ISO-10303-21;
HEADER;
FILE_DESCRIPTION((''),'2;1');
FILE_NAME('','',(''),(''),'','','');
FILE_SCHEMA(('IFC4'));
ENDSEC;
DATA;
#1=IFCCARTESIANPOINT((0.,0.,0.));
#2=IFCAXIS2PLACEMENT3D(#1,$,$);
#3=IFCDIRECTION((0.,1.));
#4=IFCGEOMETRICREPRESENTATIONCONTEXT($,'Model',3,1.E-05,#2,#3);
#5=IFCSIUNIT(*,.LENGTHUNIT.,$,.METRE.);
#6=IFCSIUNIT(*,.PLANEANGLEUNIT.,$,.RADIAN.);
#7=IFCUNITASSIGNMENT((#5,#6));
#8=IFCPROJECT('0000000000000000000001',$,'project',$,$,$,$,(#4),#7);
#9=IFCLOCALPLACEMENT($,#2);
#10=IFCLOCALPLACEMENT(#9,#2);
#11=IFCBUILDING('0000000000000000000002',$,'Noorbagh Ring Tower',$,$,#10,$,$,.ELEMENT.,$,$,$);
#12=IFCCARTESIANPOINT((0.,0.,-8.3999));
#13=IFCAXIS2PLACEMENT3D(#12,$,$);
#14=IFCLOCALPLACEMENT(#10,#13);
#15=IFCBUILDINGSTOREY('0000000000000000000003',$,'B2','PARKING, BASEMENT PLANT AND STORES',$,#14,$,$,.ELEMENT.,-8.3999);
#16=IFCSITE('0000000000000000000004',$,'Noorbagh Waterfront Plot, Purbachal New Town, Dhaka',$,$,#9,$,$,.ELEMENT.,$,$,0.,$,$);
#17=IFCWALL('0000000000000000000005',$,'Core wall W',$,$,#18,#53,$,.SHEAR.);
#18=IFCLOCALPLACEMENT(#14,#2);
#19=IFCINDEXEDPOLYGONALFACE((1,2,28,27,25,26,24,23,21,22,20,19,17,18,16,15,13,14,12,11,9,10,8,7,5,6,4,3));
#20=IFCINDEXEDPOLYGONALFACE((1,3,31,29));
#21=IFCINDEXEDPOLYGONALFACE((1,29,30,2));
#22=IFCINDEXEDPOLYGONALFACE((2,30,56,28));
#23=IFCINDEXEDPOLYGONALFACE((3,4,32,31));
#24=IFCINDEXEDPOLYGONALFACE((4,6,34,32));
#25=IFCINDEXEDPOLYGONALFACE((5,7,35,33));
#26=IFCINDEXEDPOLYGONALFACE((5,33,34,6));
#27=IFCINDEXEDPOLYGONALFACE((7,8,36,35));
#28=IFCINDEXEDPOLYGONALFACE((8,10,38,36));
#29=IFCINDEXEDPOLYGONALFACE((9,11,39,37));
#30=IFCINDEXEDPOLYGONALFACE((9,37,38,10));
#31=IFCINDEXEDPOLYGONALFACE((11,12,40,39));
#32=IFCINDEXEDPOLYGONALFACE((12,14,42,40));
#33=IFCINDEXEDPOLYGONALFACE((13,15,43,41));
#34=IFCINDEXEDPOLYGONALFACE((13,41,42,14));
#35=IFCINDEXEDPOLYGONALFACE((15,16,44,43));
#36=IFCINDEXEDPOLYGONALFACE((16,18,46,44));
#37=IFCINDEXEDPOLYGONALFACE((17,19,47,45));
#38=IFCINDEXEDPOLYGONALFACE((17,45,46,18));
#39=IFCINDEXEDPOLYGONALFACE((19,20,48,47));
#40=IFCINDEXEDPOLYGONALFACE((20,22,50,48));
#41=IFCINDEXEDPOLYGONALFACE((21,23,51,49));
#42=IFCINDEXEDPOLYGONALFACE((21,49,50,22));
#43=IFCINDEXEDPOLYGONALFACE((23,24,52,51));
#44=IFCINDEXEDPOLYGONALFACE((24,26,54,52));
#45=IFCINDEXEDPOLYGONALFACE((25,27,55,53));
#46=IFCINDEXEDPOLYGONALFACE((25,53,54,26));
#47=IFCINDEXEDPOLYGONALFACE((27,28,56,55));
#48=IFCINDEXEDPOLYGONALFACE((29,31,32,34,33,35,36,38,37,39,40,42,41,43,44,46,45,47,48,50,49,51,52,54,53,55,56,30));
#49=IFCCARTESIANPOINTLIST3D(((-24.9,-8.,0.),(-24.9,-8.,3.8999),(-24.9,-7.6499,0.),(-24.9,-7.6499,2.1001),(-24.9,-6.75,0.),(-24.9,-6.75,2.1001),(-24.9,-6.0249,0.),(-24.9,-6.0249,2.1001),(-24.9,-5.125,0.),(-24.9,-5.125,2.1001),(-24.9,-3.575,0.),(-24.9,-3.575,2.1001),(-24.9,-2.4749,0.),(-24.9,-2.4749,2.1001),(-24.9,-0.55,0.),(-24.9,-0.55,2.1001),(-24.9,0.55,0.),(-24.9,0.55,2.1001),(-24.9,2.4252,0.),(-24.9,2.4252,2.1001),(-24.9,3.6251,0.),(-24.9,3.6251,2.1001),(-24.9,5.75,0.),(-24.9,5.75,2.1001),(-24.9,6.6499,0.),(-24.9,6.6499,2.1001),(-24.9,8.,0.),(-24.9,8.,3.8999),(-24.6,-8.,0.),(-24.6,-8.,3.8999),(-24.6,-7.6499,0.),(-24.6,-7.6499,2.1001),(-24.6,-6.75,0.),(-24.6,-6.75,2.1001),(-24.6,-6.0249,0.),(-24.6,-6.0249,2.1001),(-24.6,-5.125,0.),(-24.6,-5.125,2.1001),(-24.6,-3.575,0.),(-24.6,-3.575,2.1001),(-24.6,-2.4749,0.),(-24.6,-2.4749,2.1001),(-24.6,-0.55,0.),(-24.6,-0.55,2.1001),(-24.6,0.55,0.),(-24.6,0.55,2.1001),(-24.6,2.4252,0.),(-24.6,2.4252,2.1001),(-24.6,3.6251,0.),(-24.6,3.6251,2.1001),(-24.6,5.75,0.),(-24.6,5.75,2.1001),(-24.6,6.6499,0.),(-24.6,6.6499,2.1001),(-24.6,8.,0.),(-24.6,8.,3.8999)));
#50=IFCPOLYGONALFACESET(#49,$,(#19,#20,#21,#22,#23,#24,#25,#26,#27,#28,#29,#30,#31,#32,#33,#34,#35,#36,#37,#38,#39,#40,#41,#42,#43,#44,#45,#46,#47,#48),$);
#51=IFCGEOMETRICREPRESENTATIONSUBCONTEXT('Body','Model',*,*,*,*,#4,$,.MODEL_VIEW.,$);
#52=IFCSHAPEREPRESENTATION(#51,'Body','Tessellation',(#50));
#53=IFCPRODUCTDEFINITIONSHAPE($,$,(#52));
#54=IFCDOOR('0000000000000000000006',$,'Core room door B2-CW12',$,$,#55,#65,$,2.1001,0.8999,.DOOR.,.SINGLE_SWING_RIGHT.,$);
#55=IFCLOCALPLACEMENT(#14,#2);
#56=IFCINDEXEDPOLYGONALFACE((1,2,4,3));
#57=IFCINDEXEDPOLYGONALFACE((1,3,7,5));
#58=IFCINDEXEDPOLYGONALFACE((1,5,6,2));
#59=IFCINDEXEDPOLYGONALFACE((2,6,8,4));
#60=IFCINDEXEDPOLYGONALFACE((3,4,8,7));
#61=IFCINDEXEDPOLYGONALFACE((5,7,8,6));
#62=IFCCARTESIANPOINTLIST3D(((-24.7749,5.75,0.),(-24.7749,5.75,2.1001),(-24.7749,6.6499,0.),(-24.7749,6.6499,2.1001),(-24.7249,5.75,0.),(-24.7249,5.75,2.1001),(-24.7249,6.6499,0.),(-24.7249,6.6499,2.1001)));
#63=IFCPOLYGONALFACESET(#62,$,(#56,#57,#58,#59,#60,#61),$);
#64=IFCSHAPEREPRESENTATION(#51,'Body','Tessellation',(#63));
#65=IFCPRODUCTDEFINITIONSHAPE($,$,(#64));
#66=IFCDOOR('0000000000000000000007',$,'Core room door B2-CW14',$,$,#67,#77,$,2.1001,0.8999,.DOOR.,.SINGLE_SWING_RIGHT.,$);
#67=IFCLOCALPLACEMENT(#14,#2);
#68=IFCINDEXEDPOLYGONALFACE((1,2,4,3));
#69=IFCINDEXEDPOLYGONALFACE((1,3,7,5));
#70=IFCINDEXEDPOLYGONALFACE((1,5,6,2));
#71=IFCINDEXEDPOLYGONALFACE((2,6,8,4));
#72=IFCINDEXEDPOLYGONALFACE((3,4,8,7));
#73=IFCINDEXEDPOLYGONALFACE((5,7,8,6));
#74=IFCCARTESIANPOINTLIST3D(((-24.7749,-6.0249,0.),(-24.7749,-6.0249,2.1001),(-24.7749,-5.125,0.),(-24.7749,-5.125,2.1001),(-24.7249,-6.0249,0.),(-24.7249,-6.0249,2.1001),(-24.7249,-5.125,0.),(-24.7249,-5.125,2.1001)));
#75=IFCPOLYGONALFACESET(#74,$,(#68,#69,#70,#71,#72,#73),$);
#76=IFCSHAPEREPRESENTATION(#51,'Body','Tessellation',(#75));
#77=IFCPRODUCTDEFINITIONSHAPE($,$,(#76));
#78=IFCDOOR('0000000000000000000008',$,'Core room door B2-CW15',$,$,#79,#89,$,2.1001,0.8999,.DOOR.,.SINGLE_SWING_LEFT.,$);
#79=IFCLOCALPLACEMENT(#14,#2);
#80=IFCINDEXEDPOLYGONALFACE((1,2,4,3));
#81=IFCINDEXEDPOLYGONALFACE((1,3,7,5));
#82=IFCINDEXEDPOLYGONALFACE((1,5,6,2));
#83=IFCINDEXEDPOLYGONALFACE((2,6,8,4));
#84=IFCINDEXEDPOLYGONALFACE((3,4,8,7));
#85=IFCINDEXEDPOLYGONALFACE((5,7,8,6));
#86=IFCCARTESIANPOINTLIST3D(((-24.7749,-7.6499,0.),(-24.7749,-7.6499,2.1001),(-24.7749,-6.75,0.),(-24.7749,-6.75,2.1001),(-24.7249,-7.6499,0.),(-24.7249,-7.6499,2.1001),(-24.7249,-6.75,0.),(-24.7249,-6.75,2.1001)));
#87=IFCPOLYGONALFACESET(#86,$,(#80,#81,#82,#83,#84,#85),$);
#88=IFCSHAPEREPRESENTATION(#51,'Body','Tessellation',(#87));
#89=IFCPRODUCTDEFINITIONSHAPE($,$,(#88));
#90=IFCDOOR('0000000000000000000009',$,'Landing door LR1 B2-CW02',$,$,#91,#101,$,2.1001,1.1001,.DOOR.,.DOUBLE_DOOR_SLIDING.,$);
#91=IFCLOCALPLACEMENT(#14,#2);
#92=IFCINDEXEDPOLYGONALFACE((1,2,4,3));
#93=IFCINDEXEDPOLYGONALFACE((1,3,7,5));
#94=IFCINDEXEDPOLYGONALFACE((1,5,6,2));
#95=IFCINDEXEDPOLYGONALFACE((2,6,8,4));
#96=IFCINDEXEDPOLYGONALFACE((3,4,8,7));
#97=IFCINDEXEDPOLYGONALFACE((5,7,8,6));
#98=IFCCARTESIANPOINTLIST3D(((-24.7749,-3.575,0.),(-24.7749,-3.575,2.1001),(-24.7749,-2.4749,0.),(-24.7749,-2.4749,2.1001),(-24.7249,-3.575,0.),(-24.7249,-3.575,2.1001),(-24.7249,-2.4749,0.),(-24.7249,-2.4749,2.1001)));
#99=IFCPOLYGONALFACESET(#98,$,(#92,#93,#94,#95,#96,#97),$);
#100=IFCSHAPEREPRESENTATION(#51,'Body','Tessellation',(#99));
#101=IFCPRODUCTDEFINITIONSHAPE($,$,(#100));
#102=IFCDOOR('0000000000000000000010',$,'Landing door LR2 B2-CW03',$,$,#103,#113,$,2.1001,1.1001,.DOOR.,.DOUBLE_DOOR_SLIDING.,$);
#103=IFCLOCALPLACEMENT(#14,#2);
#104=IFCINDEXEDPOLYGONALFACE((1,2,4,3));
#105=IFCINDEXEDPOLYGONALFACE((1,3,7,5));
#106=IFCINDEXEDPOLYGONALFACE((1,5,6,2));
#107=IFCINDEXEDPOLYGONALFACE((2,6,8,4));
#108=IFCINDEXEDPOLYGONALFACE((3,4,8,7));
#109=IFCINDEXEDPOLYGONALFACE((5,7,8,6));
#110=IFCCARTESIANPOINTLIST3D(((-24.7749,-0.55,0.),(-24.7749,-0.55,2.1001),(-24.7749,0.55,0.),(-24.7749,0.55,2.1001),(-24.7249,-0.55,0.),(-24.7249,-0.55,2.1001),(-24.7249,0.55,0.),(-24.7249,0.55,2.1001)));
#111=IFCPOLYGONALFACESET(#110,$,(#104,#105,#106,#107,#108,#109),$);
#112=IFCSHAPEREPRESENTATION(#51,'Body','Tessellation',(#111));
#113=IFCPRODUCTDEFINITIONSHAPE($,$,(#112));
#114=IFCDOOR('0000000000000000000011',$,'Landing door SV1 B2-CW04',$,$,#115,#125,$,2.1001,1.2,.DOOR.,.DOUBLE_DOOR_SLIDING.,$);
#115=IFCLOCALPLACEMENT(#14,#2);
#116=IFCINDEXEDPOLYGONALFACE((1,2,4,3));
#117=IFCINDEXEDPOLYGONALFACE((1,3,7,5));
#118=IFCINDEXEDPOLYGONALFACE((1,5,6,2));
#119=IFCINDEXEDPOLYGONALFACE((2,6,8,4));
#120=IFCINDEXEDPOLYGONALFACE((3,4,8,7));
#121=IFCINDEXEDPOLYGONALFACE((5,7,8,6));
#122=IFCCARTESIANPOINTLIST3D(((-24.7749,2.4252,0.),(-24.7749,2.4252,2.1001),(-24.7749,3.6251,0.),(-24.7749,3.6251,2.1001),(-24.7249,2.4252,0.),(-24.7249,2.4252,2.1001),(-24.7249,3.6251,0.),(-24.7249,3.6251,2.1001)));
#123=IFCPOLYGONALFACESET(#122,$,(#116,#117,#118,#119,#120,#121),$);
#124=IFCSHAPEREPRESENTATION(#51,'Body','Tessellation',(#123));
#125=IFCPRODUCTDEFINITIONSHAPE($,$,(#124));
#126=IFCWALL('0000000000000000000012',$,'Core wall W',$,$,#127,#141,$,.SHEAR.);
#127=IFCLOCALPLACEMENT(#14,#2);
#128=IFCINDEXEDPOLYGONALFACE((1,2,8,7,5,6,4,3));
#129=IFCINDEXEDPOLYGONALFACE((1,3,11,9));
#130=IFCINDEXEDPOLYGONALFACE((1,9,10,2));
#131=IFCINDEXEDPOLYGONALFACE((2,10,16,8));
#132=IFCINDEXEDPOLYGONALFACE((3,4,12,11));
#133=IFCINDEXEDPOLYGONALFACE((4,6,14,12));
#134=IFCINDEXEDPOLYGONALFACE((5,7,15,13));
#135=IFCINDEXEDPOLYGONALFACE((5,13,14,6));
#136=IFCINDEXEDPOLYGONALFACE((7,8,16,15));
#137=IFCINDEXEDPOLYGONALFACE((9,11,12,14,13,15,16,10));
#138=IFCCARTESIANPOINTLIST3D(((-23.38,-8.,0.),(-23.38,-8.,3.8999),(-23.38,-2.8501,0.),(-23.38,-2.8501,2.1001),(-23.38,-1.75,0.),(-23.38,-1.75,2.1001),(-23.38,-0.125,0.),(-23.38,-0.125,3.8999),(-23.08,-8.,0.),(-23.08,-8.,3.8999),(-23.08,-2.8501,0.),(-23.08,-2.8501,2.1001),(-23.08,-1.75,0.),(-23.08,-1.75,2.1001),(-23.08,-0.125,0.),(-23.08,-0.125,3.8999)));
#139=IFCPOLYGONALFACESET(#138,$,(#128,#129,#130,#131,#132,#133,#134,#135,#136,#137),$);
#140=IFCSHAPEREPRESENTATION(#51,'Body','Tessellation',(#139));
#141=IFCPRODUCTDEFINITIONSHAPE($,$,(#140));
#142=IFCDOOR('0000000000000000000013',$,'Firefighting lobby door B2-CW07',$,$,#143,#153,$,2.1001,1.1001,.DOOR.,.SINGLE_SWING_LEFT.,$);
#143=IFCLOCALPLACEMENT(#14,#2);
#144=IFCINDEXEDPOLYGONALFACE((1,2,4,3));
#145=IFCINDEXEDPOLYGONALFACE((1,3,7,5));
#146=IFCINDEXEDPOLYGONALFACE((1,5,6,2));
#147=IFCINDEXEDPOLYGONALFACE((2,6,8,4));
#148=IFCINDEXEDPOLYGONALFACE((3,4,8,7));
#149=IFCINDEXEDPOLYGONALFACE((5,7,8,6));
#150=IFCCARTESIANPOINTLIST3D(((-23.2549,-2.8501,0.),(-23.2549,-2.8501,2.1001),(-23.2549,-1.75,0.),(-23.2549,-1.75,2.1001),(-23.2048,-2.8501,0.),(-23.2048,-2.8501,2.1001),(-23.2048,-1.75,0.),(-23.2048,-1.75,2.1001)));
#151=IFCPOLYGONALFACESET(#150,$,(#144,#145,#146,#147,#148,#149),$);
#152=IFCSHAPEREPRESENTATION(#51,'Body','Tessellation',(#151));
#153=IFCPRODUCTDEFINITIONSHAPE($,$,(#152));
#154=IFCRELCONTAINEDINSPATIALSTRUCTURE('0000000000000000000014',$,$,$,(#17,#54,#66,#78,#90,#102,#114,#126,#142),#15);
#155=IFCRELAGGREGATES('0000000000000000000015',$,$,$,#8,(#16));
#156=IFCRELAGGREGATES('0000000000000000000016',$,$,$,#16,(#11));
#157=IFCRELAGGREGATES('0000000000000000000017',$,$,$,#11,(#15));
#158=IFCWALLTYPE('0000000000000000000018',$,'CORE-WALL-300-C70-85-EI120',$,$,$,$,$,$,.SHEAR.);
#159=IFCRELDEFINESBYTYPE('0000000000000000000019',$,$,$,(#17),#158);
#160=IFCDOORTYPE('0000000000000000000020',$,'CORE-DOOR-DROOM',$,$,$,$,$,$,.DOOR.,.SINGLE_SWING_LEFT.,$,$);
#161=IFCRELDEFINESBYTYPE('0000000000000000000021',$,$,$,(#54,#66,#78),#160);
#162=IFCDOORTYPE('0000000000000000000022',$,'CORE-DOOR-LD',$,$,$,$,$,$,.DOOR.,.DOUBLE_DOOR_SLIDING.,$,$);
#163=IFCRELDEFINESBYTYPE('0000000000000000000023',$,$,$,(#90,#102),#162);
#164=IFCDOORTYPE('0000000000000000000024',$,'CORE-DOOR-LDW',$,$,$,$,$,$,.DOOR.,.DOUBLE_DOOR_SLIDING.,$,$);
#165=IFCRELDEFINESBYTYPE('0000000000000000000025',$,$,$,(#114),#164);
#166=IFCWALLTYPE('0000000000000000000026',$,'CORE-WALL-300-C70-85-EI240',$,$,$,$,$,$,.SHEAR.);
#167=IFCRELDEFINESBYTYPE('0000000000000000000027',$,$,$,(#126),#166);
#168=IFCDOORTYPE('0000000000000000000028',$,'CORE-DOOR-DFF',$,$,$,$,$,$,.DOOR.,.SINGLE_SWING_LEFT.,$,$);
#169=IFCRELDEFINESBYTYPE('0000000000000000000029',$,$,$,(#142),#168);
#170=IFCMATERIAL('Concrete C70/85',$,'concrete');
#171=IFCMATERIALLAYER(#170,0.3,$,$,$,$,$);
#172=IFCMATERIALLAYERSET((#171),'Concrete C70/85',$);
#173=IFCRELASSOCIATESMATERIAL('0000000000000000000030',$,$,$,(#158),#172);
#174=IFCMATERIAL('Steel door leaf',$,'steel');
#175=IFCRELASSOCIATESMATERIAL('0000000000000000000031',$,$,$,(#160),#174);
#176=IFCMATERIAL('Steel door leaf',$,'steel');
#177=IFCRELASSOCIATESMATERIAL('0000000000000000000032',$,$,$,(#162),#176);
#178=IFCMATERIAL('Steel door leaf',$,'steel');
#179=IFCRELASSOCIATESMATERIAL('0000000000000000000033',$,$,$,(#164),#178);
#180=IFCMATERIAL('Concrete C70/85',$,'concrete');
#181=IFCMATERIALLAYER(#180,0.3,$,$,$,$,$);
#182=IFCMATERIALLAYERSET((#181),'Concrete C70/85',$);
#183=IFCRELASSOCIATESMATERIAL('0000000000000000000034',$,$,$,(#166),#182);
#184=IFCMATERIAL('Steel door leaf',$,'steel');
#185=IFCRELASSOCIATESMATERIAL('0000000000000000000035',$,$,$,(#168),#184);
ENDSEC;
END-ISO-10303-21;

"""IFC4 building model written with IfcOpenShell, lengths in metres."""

from ifc_helpers import new_model, si_unit, direction, frame, frame_2d, origin, place, context, subcontext, project, spatial, rectangle, extrude, material, layer, layer_set, type_object, element, fill, save


model = new_model("IFC4")

# Units and contexts
model_context = context("Model", 3, precision=1e-05, world=origin(), true_north=direction((0.0, 1.0)))
body_context = subcontext(model_context, "Body", "Model", "MODEL_VIEW")
ifc_project = project(units=[si_unit("LENGTHUNIT", "METRE"), si_unit("PLANEANGLEUNIT", "RADIAN")], contexts=[model_context])

# Site, building, storey
site_placement = place(None, origin())
site = spatial("IfcSite", under=ifc_project, at=site_placement, Name="Noorbagh Waterfront Plot, Purbachal New Town, Dhaka", CompositionType="ELEMENT", RefElevation=0.0)
building_placement = place(site_placement, origin())
building = spatial("IfcBuilding", under=site, at=building_placement, Name="Noorbagh Ring Tower", CompositionType="ELEMENT")
storey_placement = place(building_placement, frame((0.0, 0.0, -8.3999)))
storey = spatial("IfcBuildingStorey", under=building, at=storey_placement, Name="B2", Description="PARKING, BASEMENT PLANT AND STORES", CompositionType="ELEMENT", Elevation=-8.3999)

# Wall, openings, doors
ifc_material_1 = material(Name="Concrete C70/85", Category="concrete")
ifc_layer_1 = layer(ifc_material_1, 0.3)
ifc_layer_set_1 = layer_set([ifc_layer_1], Name="Concrete C70/85")
wall_type_1 = type_object("IfcWallType", Name="CORE-WALL-300-C70-85-EI120", PredefinedType="SHEAR", material=ifc_layer_set_1)
wall_1_placement = place(storey_placement, frame((-24.75, -8.0, 0.0), z_axis=(0.0, 0.0, 1.0), x_axis=(0.0, 1.0, 0.0)))
wall_1 = element("IfcWall", 1, at=wall_1_placement, inside=storey, type_object=wall_type_1, Name="Core wall W", PredefinedType="SHEAR", context=body_context, shape_type="SweptSolid", body=[
    extrude(rectangle(XDim=16.0, YDim=0.3, at=frame_2d((8.0, 0.0))), origin(), (0.0, 0.0, 1.0), 3.8999),
])
opening_1_placement = place(wall_1_placement, frame((4.425, 0.0, 0.0)))
opening_1 = element("IfcOpeningElement", 2, at=opening_1_placement, cuts=wall_1, PredefinedType="OPENING", context=body_context, shape_type="SweptSolid", body=[
    extrude(rectangle(XDim=1.1001, YDim=2.1001, at=frame_2d((0.55, 1.05))), frame((0.0, 0.1602, 0.0), z_axis=(0.0, -1.0, 0.0), x_axis=(1.0, 0.0, 0.0)), (0.0, 0.0, 1.0), 0.3201),
])
opening_2_placement = place(wall_1_placement, frame((7.45, 0.0, 0.0)))
opening_2 = element("IfcOpeningElement", 3, at=opening_2_placement, cuts=wall_1, PredefinedType="OPENING", context=body_context, shape_type="SweptSolid", body=[
    extrude(rectangle(XDim=1.1001, YDim=2.1001, at=frame_2d((0.55, 1.05))), frame((0.0, 0.1602, 0.0), z_axis=(0.0, -1.0, 0.0), x_axis=(1.0, 0.0, 0.0)), (0.0, 0.0, 1.0), 0.3201),
])
opening_3_placement = place(wall_1_placement, frame((10.425, 0.0, 0.0)))
opening_3 = element("IfcOpeningElement", 4, at=opening_3_placement, cuts=wall_1, PredefinedType="OPENING", context=body_context, shape_type="SweptSolid", body=[
    extrude(rectangle(XDim=1.2, YDim=2.1001, at=frame_2d((0.6001, 1.05))), frame((0.0, 0.1602, 0.0), z_axis=(0.0, -1.0, 0.0), x_axis=(1.0, 0.0, 0.0)), (0.0, 0.0, 1.0), 0.3201),
])
opening_4_placement = place(wall_1_placement, frame((13.75, 0.0, 0.0)))
opening_4 = element("IfcOpeningElement", 5, at=opening_4_placement, cuts=wall_1, PredefinedType="OPENING", context=body_context, shape_type="SweptSolid", body=[
    extrude(rectangle(XDim=0.8999, YDim=2.1001, at=frame_2d((0.45, 1.05))), frame((0.0, 0.1602, 0.0), z_axis=(0.0, -1.0, 0.0), x_axis=(1.0, 0.0, 0.0)), (0.0, 0.0, 1.0), 0.3201),
])
opening_5_placement = place(wall_1_placement, frame((1.9751, 0.0, 0.0)))
opening_5 = element("IfcOpeningElement", 6, at=opening_5_placement, cuts=wall_1, PredefinedType="OPENING", context=body_context, shape_type="SweptSolid", body=[
    extrude(rectangle(XDim=0.8999, YDim=2.1001, at=frame_2d((0.45, 1.05))), frame((0.0, 0.1602, 0.0), z_axis=(0.0, -1.0, 0.0), x_axis=(1.0, 0.0, 0.0)), (0.0, 0.0, 1.0), 0.3201),
])
opening_6_placement = place(wall_1_placement, frame((0.3501, 0.0, 0.0)))
opening_6 = element("IfcOpeningElement", 7, at=opening_6_placement, cuts=wall_1, PredefinedType="OPENING", context=body_context, shape_type="SweptSolid", body=[
    extrude(rectangle(XDim=0.8999, YDim=2.1001, at=frame_2d((0.45, 1.05))), frame((0.0, 0.1602, 0.0), z_axis=(0.0, -1.0, 0.0), x_axis=(1.0, 0.0, 0.0)), (0.0, 0.0, 1.0), 0.3201),
])
ifc_material_2 = material(Name="Steel door leaf", Category="steel")
door_type_1 = type_object("IfcDoorType", Name="CORE-DOOR-DROOM", OperationType="SINGLE_SWING_LEFT", PredefinedType="DOOR", material=ifc_material_2)
door_1_placement = place(opening_4_placement, origin())
door_1 = element("IfcDoor", 8, at=door_1_placement, inside=storey, type_object=door_type_1, Name="Core room door B2-CW12", OperationType="SINGLE_SWING_RIGHT", OverallHeight=2.1001, OverallWidth=0.8999, PredefinedType="DOOR", context=body_context, shape_type="SweptSolid", body=[
    extrude(rectangle(XDim=0.8999, YDim=2.1001, at=frame_2d((0.45, 1.05))), frame((0.0, 0.0249, 0.0), z_axis=(0.0, -1.0, 0.0), x_axis=(1.0, 0.0, 0.0)), (0.0, 0.0, 1.0), 0.05),
])
fill(opening_4, door_1)
door_2_placement = place(opening_5_placement, origin())
door_2 = element("IfcDoor", 9, at=door_2_placement, inside=storey, type_object=door_type_1, Name="Core room door B2-CW14", OperationType="SINGLE_SWING_RIGHT", OverallHeight=2.1001, OverallWidth=0.8999, PredefinedType="DOOR", context=body_context, shape_type="SweptSolid", body=[
    extrude(rectangle(XDim=0.8999, YDim=2.1001, at=frame_2d((0.45, 1.05))), frame((0.0, 0.0249, 0.0), z_axis=(0.0, -1.0, 0.0), x_axis=(1.0, 0.0, 0.0)), (0.0, 0.0, 1.0), 0.05),
])
fill(opening_5, door_2)
door_3_placement = place(opening_6_placement, origin())
door_3 = element("IfcDoor", 10, at=door_3_placement, inside=storey, type_object=door_type_1, Name="Core room door B2-CW15", OperationType="SINGLE_SWING_LEFT", OverallHeight=2.1001, OverallWidth=0.8999, PredefinedType="DOOR", context=body_context, shape_type="SweptSolid", body=[
    extrude(rectangle(XDim=0.8999, YDim=2.1001, at=frame_2d((0.45, 1.05))), frame((0.0, 0.0249, 0.0), z_axis=(0.0, -1.0, 0.0), x_axis=(1.0, 0.0, 0.0)), (0.0, 0.0, 1.0), 0.05),
])
fill(opening_6, door_3)
ifc_material_3 = material(Name="Steel door leaf", Category="steel")
door_type_2 = type_object("IfcDoorType", Name="CORE-DOOR-LD", OperationType="DOUBLE_DOOR_SLIDING", PredefinedType="DOOR", material=ifc_material_3)
door_4_placement = place(opening_1_placement, origin())
door_4 = element("IfcDoor", 11, at=door_4_placement, inside=storey, type_object=door_type_2, Name="Landing door LR1 B2-CW02", OperationType="DOUBLE_DOOR_SLIDING", OverallHeight=2.1001, OverallWidth=1.1001, PredefinedType="DOOR", context=body_context, shape_type="SweptSolid", body=[
    extrude(rectangle(XDim=1.1001, YDim=2.1001, at=frame_2d((0.55, 1.05))), frame((0.0, 0.0249, 0.0), z_axis=(0.0, -1.0, 0.0), x_axis=(1.0, 0.0, 0.0)), (0.0, 0.0, 1.0), 0.05),
])
fill(opening_1, door_4)
door_5_placement = place(opening_2_placement, origin())
door_5 = element("IfcDoor", 12, at=door_5_placement, inside=storey, type_object=door_type_2, Name="Landing door LR2 B2-CW03", OperationType="DOUBLE_DOOR_SLIDING", OverallHeight=2.1001, OverallWidth=1.1001, PredefinedType="DOOR", context=body_context, shape_type="SweptSolid", body=[
    extrude(rectangle(XDim=1.1001, YDim=2.1001, at=frame_2d((0.55, 1.05))), frame((0.0, 0.0249, 0.0), z_axis=(0.0, -1.0, 0.0), x_axis=(1.0, 0.0, 0.0)), (0.0, 0.0, 1.0), 0.05),
])
fill(opening_2, door_5)
ifc_material_4 = material(Name="Steel door leaf", Category="steel")
door_type_3 = type_object("IfcDoorType", Name="CORE-DOOR-LDW", OperationType="DOUBLE_DOOR_SLIDING", PredefinedType="DOOR", material=ifc_material_4)
door_6_placement = place(opening_3_placement, origin())
door_6 = element("IfcDoor", 13, at=door_6_placement, inside=storey, type_object=door_type_3, Name="Landing door SV1 B2-CW04", OperationType="DOUBLE_DOOR_SLIDING", OverallHeight=2.1001, OverallWidth=1.2, PredefinedType="DOOR", context=body_context, shape_type="SweptSolid", body=[
    extrude(rectangle(XDim=1.2, YDim=2.1001, at=frame_2d((0.6001, 1.05))), frame((0.0, 0.0249, 0.0), z_axis=(0.0, -1.0, 0.0), x_axis=(1.0, 0.0, 0.0)), (0.0, 0.0, 1.0), 0.05),
])
fill(opening_3, door_6)

# Wall, opening, door
ifc_material_5 = material(Name="Concrete C70/85", Category="concrete")
ifc_layer_2 = layer(ifc_material_5, 0.3)
ifc_layer_set_2 = layer_set([ifc_layer_2], Name="Concrete C70/85")
wall_type_2 = type_object("IfcWallType", Name="CORE-WALL-300-C70-85-EI240", PredefinedType="SHEAR", material=ifc_layer_set_2)
wall_2_placement = place(storey_placement, frame((-23.23, -8.0, 0.0), z_axis=(0.0, 0.0, 1.0), x_axis=(0.0, 1.0, 0.0)))
wall_2 = element("IfcWall", 14, at=wall_2_placement, inside=storey, type_object=wall_type_2, Name="Core wall W", PredefinedType="SHEAR", context=body_context, shape_type="SweptSolid", body=[
    extrude(rectangle(XDim=7.875, YDim=0.3, at=frame_2d((3.9375, 0.0))), origin(), (0.0, 0.0, 1.0), 3.8999),
])
opening_7_placement = place(wall_2_placement, frame((5.1499, 0.0, 0.0)))
opening_7 = element("IfcOpeningElement", 15, at=opening_7_placement, cuts=wall_2, PredefinedType="OPENING", context=body_context, shape_type="SweptSolid", body=[
    extrude(rectangle(XDim=1.1001, YDim=2.1001, at=frame_2d((0.55, 1.05))), frame((0.0, 0.1602, 0.0), z_axis=(0.0, -1.0, 0.0), x_axis=(1.0, 0.0, 0.0)), (0.0, 0.0, 1.0), 0.3201),
])
ifc_material_6 = material(Name="Steel door leaf", Category="steel")
door_type_4 = type_object("IfcDoorType", Name="CORE-DOOR-DFF", OperationType="SINGLE_SWING_LEFT", PredefinedType="DOOR", material=ifc_material_6)
door_7_placement = place(opening_7_placement, origin())
door_7 = element("IfcDoor", 16, at=door_7_placement, inside=storey, type_object=door_type_4, Name="Firefighting lobby door B2-CW07", OperationType="SINGLE_SWING_LEFT", OverallHeight=2.1001, OverallWidth=1.1001, PredefinedType="DOOR", context=body_context, shape_type="SweptSolid", body=[
    extrude(rectangle(XDim=1.1001, YDim=2.1001, at=frame_2d((0.55, 1.05))), frame((0.0, 0.0249, 0.0), z_axis=(0.0, -1.0, 0.0), x_axis=(1.0, 0.0, 0.0)), (0.0, 0.0, 1.0), 0.05),
])
fill(opening_7, door_7)

save(model, "model.ifc")
